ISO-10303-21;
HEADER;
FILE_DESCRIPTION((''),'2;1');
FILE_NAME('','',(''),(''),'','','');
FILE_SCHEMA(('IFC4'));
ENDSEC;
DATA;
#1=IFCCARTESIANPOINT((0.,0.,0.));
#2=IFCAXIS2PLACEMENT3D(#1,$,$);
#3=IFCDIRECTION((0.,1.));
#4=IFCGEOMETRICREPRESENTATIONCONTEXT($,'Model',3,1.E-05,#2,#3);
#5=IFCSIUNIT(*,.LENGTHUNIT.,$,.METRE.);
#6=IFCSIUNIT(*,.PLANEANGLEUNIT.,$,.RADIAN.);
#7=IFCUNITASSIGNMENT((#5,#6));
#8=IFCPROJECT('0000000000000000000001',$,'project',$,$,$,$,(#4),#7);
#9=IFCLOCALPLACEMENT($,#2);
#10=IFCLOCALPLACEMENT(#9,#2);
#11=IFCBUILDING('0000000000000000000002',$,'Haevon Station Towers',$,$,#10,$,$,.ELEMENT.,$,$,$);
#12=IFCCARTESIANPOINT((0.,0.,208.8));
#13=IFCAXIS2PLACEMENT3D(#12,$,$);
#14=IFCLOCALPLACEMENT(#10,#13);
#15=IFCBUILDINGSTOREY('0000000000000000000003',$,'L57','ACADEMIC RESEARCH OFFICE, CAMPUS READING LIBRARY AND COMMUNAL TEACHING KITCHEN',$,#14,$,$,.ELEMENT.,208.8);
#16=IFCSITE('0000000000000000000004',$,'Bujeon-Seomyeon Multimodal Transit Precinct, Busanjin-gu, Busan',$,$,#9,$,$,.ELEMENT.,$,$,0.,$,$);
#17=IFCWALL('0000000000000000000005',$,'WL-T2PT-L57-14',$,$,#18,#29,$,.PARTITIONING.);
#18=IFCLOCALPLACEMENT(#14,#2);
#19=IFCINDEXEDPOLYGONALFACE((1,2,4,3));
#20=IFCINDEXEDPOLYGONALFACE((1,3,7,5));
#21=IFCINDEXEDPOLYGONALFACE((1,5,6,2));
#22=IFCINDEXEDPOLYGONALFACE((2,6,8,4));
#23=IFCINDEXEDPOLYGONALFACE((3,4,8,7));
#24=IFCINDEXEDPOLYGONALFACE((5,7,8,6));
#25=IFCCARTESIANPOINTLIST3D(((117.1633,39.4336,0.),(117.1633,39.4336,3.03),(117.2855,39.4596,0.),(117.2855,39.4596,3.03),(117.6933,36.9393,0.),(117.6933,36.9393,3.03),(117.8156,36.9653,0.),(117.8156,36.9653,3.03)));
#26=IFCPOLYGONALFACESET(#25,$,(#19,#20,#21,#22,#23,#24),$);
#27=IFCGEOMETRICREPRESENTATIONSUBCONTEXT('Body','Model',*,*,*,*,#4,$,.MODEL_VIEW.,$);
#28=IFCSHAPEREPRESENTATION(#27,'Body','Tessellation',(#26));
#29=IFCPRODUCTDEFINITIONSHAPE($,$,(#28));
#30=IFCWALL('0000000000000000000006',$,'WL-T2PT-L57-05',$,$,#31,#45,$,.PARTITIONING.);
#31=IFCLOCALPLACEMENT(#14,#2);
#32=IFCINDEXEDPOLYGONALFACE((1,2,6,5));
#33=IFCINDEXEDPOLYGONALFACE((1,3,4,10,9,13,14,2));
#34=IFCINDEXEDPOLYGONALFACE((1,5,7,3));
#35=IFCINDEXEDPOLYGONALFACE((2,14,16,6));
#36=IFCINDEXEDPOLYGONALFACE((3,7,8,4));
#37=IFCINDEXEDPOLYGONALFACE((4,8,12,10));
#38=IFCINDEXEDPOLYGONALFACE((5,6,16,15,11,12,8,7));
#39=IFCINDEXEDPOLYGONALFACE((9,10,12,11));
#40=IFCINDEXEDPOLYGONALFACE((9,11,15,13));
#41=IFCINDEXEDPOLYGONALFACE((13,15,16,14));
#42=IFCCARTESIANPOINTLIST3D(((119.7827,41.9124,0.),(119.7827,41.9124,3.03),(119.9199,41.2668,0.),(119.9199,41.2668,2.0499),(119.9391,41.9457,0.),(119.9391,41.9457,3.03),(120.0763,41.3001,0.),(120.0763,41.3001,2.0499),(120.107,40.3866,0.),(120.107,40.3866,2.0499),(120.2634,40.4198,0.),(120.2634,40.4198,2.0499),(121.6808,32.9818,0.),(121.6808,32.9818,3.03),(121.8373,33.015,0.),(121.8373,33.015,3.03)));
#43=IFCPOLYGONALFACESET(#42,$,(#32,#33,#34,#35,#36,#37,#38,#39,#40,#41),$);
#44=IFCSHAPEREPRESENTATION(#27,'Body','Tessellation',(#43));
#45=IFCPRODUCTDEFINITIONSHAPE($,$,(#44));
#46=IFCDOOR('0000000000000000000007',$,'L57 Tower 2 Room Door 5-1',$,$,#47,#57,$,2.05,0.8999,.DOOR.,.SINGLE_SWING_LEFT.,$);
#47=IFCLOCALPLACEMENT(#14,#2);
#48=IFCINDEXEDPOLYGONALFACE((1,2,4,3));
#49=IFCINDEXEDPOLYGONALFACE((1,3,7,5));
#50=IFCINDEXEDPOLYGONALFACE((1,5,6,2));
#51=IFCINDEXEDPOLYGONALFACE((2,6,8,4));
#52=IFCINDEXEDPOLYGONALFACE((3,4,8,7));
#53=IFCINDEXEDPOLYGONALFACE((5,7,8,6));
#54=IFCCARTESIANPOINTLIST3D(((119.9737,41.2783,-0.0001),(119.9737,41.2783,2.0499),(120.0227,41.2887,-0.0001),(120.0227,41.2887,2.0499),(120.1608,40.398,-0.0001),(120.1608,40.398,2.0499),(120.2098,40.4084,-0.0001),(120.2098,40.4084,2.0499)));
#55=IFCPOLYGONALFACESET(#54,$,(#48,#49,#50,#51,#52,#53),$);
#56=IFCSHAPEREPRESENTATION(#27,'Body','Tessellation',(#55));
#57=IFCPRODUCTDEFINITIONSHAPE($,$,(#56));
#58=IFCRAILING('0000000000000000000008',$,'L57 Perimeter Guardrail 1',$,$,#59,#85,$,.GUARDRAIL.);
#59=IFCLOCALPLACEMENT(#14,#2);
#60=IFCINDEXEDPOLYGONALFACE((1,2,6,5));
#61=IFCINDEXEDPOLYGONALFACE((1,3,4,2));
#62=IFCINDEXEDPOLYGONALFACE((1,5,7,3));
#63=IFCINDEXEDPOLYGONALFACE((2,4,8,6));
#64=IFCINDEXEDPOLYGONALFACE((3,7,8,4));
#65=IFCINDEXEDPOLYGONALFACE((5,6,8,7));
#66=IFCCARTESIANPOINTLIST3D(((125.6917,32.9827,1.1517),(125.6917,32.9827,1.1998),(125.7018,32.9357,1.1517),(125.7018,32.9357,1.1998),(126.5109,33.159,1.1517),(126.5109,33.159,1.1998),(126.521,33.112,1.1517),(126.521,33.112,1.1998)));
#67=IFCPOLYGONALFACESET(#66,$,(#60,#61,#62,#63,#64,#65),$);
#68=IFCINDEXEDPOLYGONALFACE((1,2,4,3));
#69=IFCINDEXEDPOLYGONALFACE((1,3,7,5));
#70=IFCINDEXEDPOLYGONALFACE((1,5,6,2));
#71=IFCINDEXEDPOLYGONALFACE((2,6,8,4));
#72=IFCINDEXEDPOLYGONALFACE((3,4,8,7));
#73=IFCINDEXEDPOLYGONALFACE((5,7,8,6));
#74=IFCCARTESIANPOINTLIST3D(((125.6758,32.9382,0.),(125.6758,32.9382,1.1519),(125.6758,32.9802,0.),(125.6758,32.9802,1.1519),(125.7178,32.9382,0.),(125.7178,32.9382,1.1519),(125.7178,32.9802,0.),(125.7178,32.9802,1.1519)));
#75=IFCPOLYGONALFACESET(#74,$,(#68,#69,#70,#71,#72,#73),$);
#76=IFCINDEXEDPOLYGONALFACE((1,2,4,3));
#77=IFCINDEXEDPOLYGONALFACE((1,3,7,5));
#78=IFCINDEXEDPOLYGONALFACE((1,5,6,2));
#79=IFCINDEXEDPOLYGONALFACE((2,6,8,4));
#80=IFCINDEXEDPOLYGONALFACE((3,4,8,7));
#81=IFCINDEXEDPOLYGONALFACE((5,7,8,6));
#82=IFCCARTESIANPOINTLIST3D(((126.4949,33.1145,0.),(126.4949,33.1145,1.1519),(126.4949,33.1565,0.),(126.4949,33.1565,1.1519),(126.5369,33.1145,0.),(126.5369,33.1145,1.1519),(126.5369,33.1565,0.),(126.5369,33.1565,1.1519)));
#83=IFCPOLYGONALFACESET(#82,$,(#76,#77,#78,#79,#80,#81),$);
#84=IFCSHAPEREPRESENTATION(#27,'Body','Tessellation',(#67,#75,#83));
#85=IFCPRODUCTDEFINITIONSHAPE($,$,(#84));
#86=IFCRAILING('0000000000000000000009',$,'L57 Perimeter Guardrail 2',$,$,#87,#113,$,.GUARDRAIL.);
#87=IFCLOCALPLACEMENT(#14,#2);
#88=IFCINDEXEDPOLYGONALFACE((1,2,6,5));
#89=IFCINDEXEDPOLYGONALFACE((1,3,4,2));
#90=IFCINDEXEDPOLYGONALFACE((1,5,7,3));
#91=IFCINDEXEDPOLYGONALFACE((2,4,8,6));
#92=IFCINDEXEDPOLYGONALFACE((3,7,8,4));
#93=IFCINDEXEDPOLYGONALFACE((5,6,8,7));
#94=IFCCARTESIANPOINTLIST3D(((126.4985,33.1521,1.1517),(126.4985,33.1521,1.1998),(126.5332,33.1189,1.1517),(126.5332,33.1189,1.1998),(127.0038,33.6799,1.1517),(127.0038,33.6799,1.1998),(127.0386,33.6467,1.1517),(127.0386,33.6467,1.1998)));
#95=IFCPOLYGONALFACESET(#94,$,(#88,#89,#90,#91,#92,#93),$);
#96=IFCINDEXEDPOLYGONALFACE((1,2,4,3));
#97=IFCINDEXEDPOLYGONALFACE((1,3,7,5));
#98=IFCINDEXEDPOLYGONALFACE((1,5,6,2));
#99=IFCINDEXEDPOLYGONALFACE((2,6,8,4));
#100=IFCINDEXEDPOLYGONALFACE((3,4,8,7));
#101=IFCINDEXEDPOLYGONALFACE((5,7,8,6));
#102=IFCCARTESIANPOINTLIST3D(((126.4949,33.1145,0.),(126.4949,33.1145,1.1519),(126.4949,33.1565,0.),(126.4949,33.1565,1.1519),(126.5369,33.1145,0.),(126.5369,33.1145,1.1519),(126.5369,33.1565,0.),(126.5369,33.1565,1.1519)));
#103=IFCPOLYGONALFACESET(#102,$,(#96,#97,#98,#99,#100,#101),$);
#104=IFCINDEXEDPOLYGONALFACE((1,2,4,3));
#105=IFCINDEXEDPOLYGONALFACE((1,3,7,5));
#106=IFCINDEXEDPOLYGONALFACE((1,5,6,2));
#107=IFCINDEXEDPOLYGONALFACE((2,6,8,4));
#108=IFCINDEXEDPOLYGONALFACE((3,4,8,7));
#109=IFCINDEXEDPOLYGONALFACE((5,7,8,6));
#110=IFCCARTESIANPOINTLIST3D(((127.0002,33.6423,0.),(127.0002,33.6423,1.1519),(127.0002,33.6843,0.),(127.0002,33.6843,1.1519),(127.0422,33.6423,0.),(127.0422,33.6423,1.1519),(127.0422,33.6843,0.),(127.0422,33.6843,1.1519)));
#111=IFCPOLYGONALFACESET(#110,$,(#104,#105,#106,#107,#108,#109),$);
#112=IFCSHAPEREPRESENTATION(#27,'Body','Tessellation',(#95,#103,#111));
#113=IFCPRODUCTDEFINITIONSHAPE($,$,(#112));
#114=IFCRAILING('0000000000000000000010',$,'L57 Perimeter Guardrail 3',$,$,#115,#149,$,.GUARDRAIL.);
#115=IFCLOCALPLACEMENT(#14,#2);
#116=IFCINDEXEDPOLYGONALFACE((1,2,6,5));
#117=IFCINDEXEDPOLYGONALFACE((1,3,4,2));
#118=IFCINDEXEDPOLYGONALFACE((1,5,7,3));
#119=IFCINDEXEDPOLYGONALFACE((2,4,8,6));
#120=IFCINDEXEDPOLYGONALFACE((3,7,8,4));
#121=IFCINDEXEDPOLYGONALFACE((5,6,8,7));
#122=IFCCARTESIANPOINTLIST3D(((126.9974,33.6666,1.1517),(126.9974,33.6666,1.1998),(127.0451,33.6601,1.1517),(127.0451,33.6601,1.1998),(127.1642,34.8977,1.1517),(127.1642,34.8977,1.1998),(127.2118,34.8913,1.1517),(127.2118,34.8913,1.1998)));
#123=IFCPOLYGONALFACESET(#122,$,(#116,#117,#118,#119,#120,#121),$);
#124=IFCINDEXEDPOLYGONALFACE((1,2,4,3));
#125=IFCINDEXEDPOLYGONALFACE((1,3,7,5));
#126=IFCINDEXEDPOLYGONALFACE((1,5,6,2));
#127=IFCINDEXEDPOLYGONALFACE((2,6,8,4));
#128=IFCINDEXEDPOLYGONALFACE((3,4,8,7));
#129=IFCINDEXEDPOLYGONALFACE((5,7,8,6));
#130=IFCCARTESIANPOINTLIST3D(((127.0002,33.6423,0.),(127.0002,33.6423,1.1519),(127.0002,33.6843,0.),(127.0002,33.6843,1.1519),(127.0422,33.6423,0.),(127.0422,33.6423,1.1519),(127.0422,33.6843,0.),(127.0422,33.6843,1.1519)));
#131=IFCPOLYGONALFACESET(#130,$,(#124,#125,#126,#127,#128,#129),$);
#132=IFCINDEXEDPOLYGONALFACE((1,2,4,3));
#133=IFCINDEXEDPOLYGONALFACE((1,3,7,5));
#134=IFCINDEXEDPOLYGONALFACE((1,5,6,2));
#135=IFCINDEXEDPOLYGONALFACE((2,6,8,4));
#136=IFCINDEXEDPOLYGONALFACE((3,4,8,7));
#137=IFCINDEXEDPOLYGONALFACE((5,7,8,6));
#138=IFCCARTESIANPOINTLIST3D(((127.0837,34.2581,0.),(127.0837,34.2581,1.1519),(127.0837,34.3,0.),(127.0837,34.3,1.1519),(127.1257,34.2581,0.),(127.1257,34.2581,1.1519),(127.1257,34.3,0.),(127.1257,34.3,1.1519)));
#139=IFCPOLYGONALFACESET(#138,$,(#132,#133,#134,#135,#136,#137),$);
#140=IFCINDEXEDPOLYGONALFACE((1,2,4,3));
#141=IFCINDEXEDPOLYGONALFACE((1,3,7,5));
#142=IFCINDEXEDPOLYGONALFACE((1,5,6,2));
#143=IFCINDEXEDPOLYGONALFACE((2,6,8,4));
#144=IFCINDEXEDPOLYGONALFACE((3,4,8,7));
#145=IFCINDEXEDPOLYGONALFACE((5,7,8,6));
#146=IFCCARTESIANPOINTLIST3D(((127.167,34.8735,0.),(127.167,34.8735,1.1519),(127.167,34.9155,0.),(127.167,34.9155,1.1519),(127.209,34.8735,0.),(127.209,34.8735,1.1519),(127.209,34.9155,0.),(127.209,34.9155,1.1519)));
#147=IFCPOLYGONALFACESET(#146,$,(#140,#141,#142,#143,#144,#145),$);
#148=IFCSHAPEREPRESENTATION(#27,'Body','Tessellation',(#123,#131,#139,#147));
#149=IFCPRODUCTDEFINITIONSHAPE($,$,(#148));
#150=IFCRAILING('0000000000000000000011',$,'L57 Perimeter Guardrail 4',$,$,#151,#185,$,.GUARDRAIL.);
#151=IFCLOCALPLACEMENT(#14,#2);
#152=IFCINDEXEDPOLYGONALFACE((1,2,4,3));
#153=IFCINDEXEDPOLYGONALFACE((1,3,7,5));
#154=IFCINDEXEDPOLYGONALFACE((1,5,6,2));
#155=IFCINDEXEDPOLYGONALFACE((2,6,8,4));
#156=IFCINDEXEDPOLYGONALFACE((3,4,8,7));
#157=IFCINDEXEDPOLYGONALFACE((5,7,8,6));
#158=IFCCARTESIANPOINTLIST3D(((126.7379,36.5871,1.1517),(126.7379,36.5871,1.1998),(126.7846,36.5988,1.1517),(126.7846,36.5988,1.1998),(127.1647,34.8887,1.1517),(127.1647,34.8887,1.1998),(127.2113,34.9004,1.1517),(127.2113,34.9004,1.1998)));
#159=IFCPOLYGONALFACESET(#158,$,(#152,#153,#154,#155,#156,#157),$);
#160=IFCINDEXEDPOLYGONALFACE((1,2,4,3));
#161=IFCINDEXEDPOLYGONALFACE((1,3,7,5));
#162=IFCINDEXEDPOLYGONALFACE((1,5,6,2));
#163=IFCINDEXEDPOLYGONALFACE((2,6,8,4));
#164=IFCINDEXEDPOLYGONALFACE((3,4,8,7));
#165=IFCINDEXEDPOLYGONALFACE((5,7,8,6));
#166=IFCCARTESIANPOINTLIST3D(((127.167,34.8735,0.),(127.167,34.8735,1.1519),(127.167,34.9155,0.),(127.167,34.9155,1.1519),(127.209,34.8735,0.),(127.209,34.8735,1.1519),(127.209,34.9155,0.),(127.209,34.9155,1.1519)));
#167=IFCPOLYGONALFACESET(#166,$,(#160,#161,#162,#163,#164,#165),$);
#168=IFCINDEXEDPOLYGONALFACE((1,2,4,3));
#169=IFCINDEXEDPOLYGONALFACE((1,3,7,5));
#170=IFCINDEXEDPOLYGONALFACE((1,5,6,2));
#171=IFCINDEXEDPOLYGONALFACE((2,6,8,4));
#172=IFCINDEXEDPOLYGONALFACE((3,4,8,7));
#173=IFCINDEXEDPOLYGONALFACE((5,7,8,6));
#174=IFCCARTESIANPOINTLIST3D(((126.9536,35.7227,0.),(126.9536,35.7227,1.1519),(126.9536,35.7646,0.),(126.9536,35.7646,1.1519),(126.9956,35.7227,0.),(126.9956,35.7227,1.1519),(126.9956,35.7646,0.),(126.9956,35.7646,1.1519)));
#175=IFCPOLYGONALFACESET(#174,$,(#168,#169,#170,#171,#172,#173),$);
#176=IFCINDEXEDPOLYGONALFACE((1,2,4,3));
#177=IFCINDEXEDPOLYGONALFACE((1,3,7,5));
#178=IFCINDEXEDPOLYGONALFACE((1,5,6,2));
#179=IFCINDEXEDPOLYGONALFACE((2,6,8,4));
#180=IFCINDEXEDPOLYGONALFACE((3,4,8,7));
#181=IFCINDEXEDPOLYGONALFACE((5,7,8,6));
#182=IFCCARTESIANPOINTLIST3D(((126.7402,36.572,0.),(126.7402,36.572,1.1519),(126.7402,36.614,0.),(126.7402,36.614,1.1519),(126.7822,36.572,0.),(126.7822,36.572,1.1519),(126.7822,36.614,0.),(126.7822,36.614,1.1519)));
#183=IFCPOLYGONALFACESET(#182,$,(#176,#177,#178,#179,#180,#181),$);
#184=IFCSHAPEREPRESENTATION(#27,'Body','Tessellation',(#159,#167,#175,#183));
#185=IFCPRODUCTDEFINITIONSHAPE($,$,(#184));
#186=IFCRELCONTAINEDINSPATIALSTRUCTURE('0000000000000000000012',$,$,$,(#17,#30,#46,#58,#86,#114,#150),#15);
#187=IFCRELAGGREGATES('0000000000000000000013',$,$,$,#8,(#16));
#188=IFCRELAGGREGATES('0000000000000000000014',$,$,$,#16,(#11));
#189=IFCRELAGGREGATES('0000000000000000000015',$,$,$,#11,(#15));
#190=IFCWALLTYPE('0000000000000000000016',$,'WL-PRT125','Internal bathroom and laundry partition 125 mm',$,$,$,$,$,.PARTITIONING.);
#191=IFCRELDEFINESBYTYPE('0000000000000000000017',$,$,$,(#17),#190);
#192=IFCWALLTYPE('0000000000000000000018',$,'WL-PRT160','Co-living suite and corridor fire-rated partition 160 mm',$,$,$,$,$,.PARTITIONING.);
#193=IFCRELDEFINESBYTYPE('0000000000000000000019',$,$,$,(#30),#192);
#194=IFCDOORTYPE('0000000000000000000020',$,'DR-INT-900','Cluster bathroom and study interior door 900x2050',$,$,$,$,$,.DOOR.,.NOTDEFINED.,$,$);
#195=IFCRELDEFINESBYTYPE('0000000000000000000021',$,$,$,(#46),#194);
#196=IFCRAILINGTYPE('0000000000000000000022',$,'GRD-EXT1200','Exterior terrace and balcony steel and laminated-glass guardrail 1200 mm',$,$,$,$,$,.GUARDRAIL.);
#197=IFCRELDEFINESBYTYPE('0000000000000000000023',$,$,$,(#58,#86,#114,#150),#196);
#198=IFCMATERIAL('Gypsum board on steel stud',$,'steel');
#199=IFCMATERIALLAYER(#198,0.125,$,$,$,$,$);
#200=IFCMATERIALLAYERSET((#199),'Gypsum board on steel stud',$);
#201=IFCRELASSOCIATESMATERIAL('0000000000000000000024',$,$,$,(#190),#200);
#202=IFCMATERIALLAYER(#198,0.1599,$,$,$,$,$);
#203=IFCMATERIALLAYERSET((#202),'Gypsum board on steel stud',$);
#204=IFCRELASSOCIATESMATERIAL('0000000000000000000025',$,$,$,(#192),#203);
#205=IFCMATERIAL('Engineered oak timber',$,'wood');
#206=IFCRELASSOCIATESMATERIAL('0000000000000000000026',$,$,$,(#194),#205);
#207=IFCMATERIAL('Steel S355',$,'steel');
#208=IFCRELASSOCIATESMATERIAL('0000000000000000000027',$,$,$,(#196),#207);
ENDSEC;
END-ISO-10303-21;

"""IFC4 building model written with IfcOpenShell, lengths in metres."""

from ifc_helpers import new_model, si_unit, direction, frame, frame_2d, origin, origin_2d, place, context, subcontext, project, spatial, rectangle, extrude, material, layer, layer_set, type_object, element, fill, save


model = new_model("IFC4")

# Units and contexts
model_context = context("Model", 3, precision=1e-05, world=origin(), true_north=direction((0.0, 1.0)))
body_context = subcontext(model_context, "Body", "Model", "MODEL_VIEW")
ifc_project = project(units=[si_unit("LENGTHUNIT", "METRE"), si_unit("PLANEANGLEUNIT", "RADIAN")], contexts=[model_context])

# Site, building, storey
site_placement = place(None, origin())
site = spatial("IfcSite", under=ifc_project, at=site_placement, Name="Bujeon-Seomyeon Multimodal Transit Precinct, Busanjin-gu, Busan", CompositionType="ELEMENT", RefElevation=0.0)
building_placement = place(site_placement, origin())
building = spatial("IfcBuilding", under=site, at=building_placement, Name="Haevon Station Towers", CompositionType="ELEMENT")
storey_placement = place(building_placement, frame((0.0, 0.0, 208.8)))
storey = spatial("IfcBuildingStorey", under=building, at=storey_placement, Name="L57", Description="ACADEMIC RESEARCH OFFICE, CAMPUS READING LIBRARY AND COMMUNAL TEACHING KITCHEN", CompositionType="ELEMENT", Elevation=208.8)

# Shared definitions
ifc_material_1 = material(Name="Steel S355", Category="steel")

# Shared definitions
ifc_material_2 = material(Name="Gypsum board on steel stud", Category="steel")

# Wall
ifc_layer_1 = layer(ifc_material_2, 0.125)
ifc_layer_set_1 = layer_set([ifc_layer_1], Name="Gypsum board on steel stud")
wall_type_1 = type_object("IfcWallType", Name="WL-PRT125", Description="Internal bathroom and laundry partition 125 mm", PredefinedType="PARTITIONING", material=ifc_layer_set_1)
wall_1_placement = place(storey_placement, frame((117.7544, 36.9524, 0.0), z_axis=(0.0, 0.0, 1.0), x_axis=(-0.207848, 0.978161, 0.0)))
element("IfcWall", 1, at=wall_1_placement, inside=storey, type_object=wall_type_1, Name="WL-T2PT-L57-14", PredefinedType="PARTITIONING", context=body_context, shape_type="SweptSolid", body=[
    extrude(rectangle(XDim=2.55, YDim=0.125, at=frame_2d((1.2749, 0.0))), origin(), (0.0, 0.0, 1.0), 3.03),
])

# Wall, opening, door
ifc_layer_2 = layer(ifc_material_2, 0.1599)
ifc_layer_set_2 = layer_set([ifc_layer_2], Name="Gypsum board on steel stud")
wall_type_2 = type_object("IfcWallType", Name="WL-PRT160", Description="Co-living suite and corridor fire-rated partition 160 mm", PredefinedType="PARTITIONING", material=ifc_layer_set_2)
wall_2_placement = place(storey_placement, frame((121.759, 32.9985, 0.0), z_axis=(0.0, 0.0, 1.0), x_axis=(-0.207904, 0.978149, 0.0)))
wall_2 = element("IfcWall", 2, at=wall_2_placement, inside=storey, type_object=wall_type_2, Name="WL-T2PT-L57-05", PredefinedType="PARTITIONING", context=body_context, shape_type="SweptSolid", body=[
    extrude(rectangle(XDim=9.1301, YDim=0.1599, at=frame_2d((4.5649, 0.0))), origin(), (0.0, 0.0, 1.0), 3.03),
])
opening_1_placement = place(wall_2_placement, frame((7.5701, 0.0, 0.0)))
opening_1 = element("IfcOpeningElement", 3, at=opening_1_placement, cuts=wall_2, PredefinedType="OPENING", context=body_context, shape_type="SweptSolid", body=[
    extrude(rectangle(XDim=0.8999, YDim=2.05, at=frame_2d((0.45, 1.0249))), frame((0.0, 0.0898, 0.0), z_axis=(0.0, -1.0, 0.0), x_axis=(1.0, 0.0, 0.0)), (0.0, 0.0, 1.0), 0.1799),
])
ifc_material_3 = material(Name="Engineered oak timber", Category="wood")
door_type = type_object("IfcDoorType", Name="DR-INT-900", Description="Cluster bathroom and study interior door 900x2050", OperationType="NOTDEFINED", PredefinedType="DOOR", material=ifc_material_3)
door_placement = place(opening_1_placement, origin())
door = element("IfcDoor", 4, at=door_placement, inside=storey, type_object=door_type, Name="L57 Tower 2 Room Door 5-1", OperationType="SINGLE_SWING_LEFT", OverallHeight=2.05, OverallWidth=0.8999, PredefinedType="DOOR", context=body_context, shape_type="SweptSolid", body=[
    extrude(rectangle(XDim=0.8999, YDim=2.05, at=frame_2d((0.45, 1.0249))), frame((0.0, 0.0249, 0.0), z_axis=(0.0, -1.0, 0.0), x_axis=(1.0, 0.0, 0.0)), (0.0, 0.0, 1.0), 0.05),
])
fill(opening_1, door)

# Railings
railing_type = type_object("IfcRailingType", Name="GRD-EXT1200", Description="Exterior terrace and balcony steel and laminated-glass guardrail 1200 mm", PredefinedType="GUARDRAIL", material=ifc_material_1)
railing_1_placement = place(storey_placement, frame((125.6968, 32.9592, 0.0)))
element("IfcRailing", 5, at=railing_1_placement, inside=storey, type_object=railing_type, Name="L57 Perimeter Guardrail 1", PredefinedType="GUARDRAIL", context=body_context, shape_type="SweptSolid", body=[
    extrude(rectangle(XDim=0.0481, YDim=0.0481, at=origin_2d()), frame((0.0, 0.0, 1.1758), z_axis=(0.977619, 0.210385, 0.0), x_axis=(-0.210385, 0.977619, 0.0)), (0.0, 0.0, 1.0), 0.8379),
    extrude(rectangle(XDim=0.042, YDim=0.042, at=origin_2d()), origin(), (0.0, 0.0, 1.0), 1.1519),
    extrude(rectangle(XDim=0.042, YDim=0.042, at=origin_2d()), frame((0.8191, 0.1763, 0.0)), (0.0, 0.0, 1.0), 1.1519),
])
railing_2_placement = place(storey_placement, frame((126.5159, 33.1355, 0.0)))
element("IfcRailing", 6, at=railing_2_placement, inside=storey, type_object=railing_type, Name="L57 Perimeter Guardrail 2", PredefinedType="GUARDRAIL", context=body_context, shape_type="SweptSolid", body=[
    extrude(rectangle(XDim=0.0481, YDim=0.0481, at=origin_2d()), frame((0.0, 0.0, 1.1758), z_axis=(0.691571, 0.722308, 0.0), x_axis=(-0.722308, 0.691571, 0.0)), (0.0, 0.0, 1.0), 0.7307),
    extrude(rectangle(XDim=0.042, YDim=0.042, at=origin_2d()), origin(), (0.0, 0.0, 1.0), 1.1519),
    extrude(rectangle(XDim=0.042, YDim=0.042, at=origin_2d()), frame((0.5054, 0.5278, 0.0)), (0.0, 0.0, 1.0), 1.1519),
])
railing_3_placement = place(storey_placement, frame((127.0212, 33.6633, 0.0)))
element("IfcRailing", 7, at=railing_3_placement, inside=storey, type_object=railing_type, Name="L57 Perimeter Guardrail 3", PredefinedType="GUARDRAIL", context=body_context, shape_type="SweptSolid", body=[
    extrude(rectangle(XDim=0.0481, YDim=0.0481, at=origin_2d()), frame((0.0, 0.0, 1.1758), z_axis=(0.13421, 0.990953, 0.0), x_axis=(-0.990953, 0.13421, 0.0)), (0.0, 0.0, 1.0), 1.2424),
    extrude(rectangle(XDim=0.042, YDim=0.042, at=origin_2d()), origin(), (0.0, 0.0, 1.0), 1.1519),
    extrude(rectangle(XDim=0.042, YDim=0.042, at=origin_2d()), frame((0.0835, 0.6157, 0.0)), (0.0, 0.0, 1.0), 1.1519),
    extrude(rectangle(XDim=0.042, YDim=0.042, at=origin_2d()), frame((0.1667, 1.2312, 0.0)), (0.0, 0.0, 1.0), 1.1519),
])
railing_4_placement = place(storey_placement, frame((127.188, 34.8945, 0.0)))
element("IfcRailing", 8, at=railing_4_placement, inside=storey, type_object=railing_type, Name="L57 Perimeter Guardrail 4", PredefinedType="GUARDRAIL", context=body_context, shape_type="SweptSolid", body=[
    extrude(rectangle(XDim=0.0481, YDim=0.0481, at=origin_2d()), frame((0.0, 0.0, 1.1758), z_axis=(-0.243684, 0.969855, 0.0), x_axis=(-0.969855, -0.243684, 0.0)), (0.0, 0.0, 1.0), 1.7512),
    extrude(rectangle(XDim=0.042, YDim=0.042, at=origin_2d()), origin(), (0.0, 0.0, 1.0), 1.1519),
    extrude(rectangle(XDim=0.042, YDim=0.042, at=origin_2d()), frame((-0.2134, 0.8491, 0.0)), (0.0, 0.0, 1.0), 1.1519),
    extrude(rectangle(XDim=0.042, YDim=0.042, at=origin_2d()), frame((-0.4268, 1.6985, 0.0)), (0.0, 0.0, 1.0), 1.1519),
])

save(model, "model.ifc")
